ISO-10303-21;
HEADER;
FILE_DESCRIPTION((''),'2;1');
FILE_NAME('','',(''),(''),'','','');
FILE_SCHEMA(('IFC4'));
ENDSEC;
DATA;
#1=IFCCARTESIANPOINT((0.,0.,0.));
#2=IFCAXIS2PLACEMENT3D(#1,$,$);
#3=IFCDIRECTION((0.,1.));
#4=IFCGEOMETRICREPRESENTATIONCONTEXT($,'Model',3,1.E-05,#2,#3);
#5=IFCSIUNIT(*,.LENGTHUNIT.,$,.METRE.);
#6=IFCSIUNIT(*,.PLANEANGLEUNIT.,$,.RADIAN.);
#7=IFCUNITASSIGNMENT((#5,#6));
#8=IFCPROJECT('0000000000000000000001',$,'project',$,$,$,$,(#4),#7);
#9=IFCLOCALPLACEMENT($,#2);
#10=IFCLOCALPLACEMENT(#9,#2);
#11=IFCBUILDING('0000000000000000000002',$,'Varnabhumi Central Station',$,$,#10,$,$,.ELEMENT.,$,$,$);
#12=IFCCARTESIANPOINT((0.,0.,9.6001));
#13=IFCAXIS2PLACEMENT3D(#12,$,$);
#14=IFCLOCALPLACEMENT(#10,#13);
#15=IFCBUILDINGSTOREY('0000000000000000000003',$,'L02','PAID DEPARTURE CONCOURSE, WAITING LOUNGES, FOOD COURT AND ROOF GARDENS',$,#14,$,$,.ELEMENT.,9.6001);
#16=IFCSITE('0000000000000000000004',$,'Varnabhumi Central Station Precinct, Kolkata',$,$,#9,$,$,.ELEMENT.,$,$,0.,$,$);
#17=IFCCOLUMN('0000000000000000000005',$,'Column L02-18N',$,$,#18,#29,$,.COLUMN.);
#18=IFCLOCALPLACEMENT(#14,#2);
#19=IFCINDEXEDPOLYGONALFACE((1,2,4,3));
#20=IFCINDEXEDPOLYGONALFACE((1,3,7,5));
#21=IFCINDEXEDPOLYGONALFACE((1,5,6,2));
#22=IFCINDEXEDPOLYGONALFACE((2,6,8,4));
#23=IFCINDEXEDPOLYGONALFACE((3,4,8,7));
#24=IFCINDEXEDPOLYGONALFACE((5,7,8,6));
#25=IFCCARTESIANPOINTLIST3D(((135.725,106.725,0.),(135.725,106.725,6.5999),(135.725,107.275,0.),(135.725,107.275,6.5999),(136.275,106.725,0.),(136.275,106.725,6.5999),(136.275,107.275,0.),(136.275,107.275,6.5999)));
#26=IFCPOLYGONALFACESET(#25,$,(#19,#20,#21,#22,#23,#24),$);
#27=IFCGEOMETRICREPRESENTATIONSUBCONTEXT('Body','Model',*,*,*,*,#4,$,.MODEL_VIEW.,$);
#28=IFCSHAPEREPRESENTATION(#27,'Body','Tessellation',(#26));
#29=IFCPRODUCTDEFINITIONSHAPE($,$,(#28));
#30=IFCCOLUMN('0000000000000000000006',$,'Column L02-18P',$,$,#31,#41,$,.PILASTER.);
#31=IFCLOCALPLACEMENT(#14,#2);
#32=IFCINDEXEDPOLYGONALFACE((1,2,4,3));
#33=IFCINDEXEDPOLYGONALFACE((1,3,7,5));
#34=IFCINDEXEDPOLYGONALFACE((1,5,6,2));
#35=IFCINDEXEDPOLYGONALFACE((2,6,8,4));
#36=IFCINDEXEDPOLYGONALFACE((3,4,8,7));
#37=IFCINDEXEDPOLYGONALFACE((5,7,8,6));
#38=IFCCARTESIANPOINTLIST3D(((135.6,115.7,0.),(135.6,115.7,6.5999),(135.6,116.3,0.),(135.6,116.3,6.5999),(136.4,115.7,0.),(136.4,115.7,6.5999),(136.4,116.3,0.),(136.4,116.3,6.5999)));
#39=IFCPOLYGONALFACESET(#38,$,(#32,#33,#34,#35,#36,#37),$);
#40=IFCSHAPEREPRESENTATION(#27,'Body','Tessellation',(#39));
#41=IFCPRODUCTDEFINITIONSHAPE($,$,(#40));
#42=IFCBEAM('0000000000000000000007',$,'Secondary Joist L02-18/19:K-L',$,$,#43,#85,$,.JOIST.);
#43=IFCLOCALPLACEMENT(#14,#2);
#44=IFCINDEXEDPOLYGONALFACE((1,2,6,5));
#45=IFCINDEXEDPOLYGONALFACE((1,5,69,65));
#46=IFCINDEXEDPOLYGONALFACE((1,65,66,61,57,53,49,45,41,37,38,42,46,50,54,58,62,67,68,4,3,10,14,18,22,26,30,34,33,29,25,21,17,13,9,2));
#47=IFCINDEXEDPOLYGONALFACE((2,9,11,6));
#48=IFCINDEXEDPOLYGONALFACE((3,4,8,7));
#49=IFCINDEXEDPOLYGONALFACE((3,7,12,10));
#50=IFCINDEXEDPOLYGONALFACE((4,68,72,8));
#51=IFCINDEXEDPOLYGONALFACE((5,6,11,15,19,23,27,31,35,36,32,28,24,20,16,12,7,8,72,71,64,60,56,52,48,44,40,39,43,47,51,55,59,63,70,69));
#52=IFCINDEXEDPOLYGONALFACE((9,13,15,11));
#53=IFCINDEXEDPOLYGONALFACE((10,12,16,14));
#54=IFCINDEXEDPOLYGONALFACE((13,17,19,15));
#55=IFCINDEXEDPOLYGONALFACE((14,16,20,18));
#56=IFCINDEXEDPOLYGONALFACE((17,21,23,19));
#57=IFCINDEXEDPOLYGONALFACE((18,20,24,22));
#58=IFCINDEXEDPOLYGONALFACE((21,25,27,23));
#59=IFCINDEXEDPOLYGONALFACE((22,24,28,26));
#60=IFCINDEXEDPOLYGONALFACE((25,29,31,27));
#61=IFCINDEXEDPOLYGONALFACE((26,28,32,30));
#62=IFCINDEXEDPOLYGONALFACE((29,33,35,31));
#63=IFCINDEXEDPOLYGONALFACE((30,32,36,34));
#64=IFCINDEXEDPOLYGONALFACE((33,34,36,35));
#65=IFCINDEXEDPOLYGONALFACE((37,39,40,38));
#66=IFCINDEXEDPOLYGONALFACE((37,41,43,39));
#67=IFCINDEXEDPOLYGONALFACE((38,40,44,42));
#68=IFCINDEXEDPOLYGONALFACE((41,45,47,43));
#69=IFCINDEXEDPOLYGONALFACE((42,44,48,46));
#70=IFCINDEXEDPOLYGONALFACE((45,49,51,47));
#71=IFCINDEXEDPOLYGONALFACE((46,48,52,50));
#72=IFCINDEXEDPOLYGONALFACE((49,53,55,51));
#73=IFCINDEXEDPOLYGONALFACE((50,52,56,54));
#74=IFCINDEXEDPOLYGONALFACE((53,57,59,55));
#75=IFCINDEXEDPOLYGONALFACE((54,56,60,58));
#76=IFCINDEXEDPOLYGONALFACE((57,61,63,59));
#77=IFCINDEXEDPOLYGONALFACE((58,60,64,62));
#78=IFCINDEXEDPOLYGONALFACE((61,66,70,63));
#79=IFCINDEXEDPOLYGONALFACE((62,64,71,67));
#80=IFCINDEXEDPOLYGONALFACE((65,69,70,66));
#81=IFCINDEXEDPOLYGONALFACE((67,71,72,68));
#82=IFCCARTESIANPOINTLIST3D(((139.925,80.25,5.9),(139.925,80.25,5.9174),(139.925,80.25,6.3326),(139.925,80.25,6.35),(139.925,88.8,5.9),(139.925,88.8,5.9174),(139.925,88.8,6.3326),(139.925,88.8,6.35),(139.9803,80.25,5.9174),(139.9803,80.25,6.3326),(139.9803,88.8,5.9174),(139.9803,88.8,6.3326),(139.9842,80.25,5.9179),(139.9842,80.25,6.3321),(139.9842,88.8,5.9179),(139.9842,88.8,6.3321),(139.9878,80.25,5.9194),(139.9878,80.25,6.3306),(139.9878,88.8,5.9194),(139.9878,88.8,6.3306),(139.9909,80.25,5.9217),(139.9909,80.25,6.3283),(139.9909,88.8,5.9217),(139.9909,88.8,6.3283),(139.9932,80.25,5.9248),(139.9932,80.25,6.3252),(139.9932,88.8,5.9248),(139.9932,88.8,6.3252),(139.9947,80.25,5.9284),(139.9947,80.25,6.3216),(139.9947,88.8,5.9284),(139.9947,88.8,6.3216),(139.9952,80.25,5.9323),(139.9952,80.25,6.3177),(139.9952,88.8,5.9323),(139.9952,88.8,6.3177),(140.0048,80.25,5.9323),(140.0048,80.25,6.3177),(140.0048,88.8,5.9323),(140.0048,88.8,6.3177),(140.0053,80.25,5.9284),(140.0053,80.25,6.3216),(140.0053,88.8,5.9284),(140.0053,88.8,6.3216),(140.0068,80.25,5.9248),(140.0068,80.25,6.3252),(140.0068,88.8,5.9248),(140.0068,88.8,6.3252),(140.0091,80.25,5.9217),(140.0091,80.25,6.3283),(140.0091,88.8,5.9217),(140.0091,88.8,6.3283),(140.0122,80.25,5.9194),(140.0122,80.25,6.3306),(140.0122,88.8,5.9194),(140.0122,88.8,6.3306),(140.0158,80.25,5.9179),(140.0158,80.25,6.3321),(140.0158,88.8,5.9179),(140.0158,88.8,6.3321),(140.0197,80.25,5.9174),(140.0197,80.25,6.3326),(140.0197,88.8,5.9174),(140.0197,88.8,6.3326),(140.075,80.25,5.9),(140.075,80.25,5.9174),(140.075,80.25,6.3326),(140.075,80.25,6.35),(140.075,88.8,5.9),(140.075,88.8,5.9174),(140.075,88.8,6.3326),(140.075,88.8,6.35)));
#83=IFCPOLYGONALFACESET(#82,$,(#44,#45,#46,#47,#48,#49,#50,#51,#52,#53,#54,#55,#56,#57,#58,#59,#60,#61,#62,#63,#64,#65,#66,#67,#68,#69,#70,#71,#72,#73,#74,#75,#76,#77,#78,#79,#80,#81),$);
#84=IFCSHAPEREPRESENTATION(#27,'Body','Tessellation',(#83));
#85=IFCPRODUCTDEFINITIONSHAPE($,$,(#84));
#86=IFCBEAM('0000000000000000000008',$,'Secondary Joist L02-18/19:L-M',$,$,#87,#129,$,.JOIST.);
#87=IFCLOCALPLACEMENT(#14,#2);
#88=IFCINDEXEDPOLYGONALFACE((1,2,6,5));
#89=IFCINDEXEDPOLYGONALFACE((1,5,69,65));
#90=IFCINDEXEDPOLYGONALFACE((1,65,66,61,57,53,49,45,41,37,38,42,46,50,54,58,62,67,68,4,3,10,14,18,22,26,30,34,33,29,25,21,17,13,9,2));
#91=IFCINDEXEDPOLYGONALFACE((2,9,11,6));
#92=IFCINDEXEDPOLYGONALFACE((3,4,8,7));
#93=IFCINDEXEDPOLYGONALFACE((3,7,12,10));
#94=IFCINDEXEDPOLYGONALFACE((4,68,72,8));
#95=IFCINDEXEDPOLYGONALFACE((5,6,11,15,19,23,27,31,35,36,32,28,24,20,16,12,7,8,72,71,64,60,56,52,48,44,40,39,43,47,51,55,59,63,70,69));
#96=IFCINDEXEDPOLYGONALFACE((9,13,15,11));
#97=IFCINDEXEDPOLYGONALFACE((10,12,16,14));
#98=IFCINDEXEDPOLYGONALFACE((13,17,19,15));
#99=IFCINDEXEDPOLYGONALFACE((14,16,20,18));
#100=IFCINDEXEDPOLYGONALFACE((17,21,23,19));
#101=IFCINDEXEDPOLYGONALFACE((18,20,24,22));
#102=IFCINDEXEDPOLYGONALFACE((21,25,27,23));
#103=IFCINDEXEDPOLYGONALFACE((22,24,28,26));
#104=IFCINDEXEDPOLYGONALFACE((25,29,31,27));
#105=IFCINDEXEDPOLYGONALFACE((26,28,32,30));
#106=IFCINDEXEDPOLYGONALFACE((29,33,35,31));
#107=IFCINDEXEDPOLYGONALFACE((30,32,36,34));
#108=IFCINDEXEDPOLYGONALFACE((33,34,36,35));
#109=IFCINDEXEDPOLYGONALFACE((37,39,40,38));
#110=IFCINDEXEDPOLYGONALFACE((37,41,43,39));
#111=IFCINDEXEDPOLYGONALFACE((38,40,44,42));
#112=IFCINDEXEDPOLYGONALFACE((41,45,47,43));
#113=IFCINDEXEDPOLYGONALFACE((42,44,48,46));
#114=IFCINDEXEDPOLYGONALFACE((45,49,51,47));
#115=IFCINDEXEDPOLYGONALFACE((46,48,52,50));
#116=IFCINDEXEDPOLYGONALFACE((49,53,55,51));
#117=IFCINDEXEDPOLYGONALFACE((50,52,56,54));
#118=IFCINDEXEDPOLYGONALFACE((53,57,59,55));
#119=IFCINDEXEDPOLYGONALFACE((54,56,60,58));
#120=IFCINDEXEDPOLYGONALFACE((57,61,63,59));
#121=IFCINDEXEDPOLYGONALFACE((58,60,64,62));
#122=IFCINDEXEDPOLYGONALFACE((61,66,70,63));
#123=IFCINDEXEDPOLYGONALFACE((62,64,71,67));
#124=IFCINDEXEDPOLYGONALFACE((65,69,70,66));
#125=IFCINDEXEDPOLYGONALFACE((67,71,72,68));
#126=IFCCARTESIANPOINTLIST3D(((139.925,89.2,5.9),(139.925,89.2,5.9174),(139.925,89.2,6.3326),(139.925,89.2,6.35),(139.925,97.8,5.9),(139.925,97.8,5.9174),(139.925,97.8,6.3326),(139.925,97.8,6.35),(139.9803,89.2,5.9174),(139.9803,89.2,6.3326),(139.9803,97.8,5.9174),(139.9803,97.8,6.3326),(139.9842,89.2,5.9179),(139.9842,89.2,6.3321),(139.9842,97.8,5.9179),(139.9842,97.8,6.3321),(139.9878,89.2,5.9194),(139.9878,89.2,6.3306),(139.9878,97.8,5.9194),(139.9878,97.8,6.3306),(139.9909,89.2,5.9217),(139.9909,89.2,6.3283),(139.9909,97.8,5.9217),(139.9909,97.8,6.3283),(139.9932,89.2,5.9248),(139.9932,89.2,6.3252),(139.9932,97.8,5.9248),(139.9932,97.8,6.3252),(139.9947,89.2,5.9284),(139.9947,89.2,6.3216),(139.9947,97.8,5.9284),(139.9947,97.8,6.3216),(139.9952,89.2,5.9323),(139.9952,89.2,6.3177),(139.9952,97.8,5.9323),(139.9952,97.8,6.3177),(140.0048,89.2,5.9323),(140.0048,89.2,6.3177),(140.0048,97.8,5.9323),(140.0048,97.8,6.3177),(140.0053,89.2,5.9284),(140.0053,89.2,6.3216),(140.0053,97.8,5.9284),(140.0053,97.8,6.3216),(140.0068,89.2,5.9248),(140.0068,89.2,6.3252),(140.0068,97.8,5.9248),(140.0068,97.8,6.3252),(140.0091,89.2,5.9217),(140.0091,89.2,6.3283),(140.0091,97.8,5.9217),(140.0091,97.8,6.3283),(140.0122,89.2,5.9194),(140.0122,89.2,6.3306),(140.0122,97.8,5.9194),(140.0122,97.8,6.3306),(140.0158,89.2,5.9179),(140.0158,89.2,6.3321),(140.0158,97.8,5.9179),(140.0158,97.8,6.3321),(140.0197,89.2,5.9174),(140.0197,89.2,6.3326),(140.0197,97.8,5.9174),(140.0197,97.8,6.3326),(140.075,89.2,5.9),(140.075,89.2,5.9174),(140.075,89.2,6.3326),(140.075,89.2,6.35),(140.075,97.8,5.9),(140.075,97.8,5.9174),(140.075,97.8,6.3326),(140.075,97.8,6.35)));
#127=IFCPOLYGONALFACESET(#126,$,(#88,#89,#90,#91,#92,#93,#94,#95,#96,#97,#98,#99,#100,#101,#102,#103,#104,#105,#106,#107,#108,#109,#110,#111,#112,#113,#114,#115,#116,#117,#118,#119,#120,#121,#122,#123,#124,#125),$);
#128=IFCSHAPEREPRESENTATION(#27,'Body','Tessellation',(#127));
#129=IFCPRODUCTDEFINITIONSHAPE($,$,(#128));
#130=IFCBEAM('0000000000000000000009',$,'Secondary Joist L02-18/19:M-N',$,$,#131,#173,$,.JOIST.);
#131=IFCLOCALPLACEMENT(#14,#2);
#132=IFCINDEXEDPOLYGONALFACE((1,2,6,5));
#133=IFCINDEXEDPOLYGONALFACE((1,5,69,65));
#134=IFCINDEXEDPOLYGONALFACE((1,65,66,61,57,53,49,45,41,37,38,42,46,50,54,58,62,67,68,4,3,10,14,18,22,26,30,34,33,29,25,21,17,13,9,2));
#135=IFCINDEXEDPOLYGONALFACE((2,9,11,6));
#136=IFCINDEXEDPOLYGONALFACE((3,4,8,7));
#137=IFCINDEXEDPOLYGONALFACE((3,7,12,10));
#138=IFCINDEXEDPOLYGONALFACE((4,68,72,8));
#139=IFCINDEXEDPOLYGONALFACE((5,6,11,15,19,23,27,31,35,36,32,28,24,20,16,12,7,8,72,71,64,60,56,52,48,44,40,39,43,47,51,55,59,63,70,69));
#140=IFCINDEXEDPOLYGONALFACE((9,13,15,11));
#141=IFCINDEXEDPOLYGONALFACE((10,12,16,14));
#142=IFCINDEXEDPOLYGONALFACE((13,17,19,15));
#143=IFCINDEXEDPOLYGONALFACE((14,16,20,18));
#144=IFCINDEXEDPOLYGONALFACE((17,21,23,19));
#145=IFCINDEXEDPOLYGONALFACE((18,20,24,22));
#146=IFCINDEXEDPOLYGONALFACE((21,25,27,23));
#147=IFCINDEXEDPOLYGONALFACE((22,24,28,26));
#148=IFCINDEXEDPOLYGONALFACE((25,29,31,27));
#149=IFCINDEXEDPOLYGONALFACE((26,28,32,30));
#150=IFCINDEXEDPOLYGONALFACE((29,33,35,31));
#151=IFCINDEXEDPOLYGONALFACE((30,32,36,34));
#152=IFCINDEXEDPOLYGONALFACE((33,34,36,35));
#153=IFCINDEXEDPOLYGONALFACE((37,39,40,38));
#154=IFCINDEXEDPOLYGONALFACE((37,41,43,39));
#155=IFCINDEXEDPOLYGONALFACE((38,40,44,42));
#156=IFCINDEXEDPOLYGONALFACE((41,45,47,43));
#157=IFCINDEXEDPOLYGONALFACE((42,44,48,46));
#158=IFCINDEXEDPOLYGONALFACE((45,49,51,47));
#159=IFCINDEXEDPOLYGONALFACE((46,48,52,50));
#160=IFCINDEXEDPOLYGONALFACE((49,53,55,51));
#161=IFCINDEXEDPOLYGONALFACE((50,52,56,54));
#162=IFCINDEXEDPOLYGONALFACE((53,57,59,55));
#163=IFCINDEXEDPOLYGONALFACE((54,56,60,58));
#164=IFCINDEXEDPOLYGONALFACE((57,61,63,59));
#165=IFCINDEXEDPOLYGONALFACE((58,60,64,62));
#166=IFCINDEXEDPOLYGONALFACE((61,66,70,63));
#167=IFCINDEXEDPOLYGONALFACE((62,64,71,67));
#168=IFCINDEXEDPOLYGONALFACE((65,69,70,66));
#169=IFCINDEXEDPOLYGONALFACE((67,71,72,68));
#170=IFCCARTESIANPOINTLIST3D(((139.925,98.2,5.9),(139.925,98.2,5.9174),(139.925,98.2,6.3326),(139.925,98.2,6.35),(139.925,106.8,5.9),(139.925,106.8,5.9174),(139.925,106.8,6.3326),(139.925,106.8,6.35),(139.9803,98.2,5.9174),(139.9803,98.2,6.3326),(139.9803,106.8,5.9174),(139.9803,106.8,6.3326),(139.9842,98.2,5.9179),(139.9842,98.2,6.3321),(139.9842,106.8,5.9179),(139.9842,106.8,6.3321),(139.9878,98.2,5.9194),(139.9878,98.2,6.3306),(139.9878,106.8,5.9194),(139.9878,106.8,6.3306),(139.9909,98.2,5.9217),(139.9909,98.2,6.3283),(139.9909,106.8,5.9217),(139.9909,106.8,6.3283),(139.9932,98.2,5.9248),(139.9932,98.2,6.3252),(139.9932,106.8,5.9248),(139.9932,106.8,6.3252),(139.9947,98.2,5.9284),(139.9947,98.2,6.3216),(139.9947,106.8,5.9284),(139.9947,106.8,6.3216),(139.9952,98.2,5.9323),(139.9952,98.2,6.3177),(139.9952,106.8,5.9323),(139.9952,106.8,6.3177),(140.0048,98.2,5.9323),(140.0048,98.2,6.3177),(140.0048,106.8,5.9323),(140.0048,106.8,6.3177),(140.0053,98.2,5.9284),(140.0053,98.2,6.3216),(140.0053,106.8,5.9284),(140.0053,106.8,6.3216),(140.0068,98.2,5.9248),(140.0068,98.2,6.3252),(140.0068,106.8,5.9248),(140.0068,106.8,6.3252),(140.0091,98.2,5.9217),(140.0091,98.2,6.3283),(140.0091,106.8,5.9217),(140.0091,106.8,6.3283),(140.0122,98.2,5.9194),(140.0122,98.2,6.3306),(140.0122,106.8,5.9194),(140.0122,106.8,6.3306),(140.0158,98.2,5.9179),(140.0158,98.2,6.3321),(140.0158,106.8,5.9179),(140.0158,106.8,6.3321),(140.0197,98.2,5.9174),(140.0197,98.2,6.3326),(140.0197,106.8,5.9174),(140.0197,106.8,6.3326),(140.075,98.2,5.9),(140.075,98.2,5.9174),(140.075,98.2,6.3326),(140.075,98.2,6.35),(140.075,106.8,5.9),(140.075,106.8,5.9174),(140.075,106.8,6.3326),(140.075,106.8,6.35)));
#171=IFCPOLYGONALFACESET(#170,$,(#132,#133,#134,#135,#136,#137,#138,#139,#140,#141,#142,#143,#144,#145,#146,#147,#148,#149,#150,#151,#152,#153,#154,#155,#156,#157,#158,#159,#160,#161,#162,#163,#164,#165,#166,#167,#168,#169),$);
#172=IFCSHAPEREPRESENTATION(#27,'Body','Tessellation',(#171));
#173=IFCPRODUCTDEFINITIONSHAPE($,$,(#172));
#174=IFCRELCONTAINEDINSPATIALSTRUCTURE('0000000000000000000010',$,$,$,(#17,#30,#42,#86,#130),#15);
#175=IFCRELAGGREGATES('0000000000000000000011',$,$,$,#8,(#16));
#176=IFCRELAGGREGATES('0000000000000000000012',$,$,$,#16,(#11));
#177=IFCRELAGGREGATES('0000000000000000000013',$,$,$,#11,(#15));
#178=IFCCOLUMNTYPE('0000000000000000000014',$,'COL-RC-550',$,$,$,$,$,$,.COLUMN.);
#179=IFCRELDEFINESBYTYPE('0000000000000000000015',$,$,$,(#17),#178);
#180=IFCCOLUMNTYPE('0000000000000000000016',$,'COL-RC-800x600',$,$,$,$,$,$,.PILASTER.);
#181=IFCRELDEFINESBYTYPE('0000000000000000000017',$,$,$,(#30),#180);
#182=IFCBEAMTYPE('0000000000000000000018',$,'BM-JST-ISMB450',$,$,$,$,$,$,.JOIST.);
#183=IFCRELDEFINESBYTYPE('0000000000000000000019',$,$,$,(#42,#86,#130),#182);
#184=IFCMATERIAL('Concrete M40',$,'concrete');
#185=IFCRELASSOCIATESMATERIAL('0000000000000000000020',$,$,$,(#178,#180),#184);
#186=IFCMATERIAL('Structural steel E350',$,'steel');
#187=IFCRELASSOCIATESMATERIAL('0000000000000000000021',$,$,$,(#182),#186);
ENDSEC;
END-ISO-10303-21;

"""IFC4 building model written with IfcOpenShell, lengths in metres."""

from ifc_helpers import new_model, si_unit, direction, frame, origin, origin_2d, place, context, subcontext, project, spatial, rectangle, i_section, extrude, material, material_profile, profile_set, type_object, element, save


model = new_model("IFC4")

# Units and contexts
model_context = context("Model", 3, precision=1e-05, world=origin(), true_north=direction((0.0, 1.0)))
body_context = subcontext(model_context, "Body", "Model", "MODEL_VIEW")
ifc_project = project(units=[si_unit("LENGTHUNIT", "METRE"), si_unit("PLANEANGLEUNIT", "RADIAN")], contexts=[model_context])

# Site, building, storey
site_placement = place(None, origin())
site = spatial("IfcSite", under=ifc_project, at=site_placement, Name="Varnabhumi Central Station Precinct, Kolkata", CompositionType="ELEMENT", RefElevation=0.0)
building_placement = place(site_placement, origin())
building = spatial("IfcBuilding", under=site, at=building_placement, Name="Varnabhumi Central Station", CompositionType="ELEMENT")
storey_placement = place(building_placement, frame((0.0, 0.0, 9.6001)))
storey = spatial("IfcBuildingStorey", under=building, at=storey_placement, Name="L02", Description="PAID DEPARTURE CONCOURSE, WAITING LOUNGES, FOOD COURT AND ROOF GARDENS", CompositionType="ELEMENT", Elevation=9.6001)

# Columns
ifc_material_1 = material(Name="Concrete M40", Category="concrete")
ifc_material_profile_1 = material_profile(ifc_material_1, rectangle(XDim=0.55, YDim=0.55, at=origin_2d()), Name="Concrete M40", Category="concrete")
ifc_profile_set_1 = profile_set([ifc_material_profile_1], Name="Concrete M40")
column_type_1 = type_object("IfcColumnType", Name="COL-RC-550", PredefinedType="COLUMN", material=ifc_profile_set_1)
column_1_placement = place(storey_placement, frame((136.0, 107.0, 0.0), z_axis=(0.0, 0.0, 1.0), x_axis=(1.0, 0.0, 0.0)))
element("IfcColumn", 1, at=column_1_placement, inside=storey, type_object=column_type_1, Name="Column L02-18N", PredefinedType="COLUMN", context=body_context, shape_type="SweptSolid", body=[
    extrude(rectangle(XDim=0.55, YDim=0.55, at=origin_2d()), origin(), (0.0, 0.0, 1.0), 6.5999),
])
ifc_material_profile_2 = material_profile(ifc_material_1, rectangle(XDim=0.8, YDim=0.6001, at=origin_2d()), Name="Concrete M40", Category="concrete")
ifc_profile_set_2 = profile_set([ifc_material_profile_2], Name="Concrete M40")
column_type_2 = type_object("IfcColumnType", Name="COL-RC-800x600", PredefinedType="PILASTER", material=ifc_profile_set_2)
column_2_placement = place(storey_placement, frame((136.0, 116.0, 0.0), z_axis=(0.0, 0.0, 1.0), x_axis=(1.0, 0.0, 0.0)))
element("IfcColumn", 2, at=column_2_placement, inside=storey, type_object=column_type_2, Name="Column L02-18P", PredefinedType="PILASTER", context=body_context, shape_type="SweptSolid", body=[
    extrude(rectangle(XDim=0.8, YDim=0.6001, at=origin_2d()), origin(), (0.0, 0.0, 1.0), 6.5999),
])

# Beams
ifc_material_2 = material(Name="Structural steel E350", Category="steel")
ifc_material_profile_3 = material_profile(ifc_material_2, i_section(OverallWidth=0.1499, OverallDepth=0.45, WebThickness=0.0095, FlangeThickness=0.0173, FilletRadius=0.0149, at=origin_2d()), Name="Structural steel E350", Category="steel")
ifc_profile_set_3 = profile_set([ifc_material_profile_3], Name="Structural steel E350")
beam_type_1 = type_object("IfcBeamType", Name="BM-JST-ISMB450", PredefinedType="JOIST", material=ifc_profile_set_3)
beam_1_placement = place(storey_placement, frame((140.0, 80.25, 6.125), z_axis=(0.0, 1.0, 0.0), x_axis=(-1.0, 0.0, 0.0)))
element("IfcBeam", 3, at=beam_1_placement, inside=storey, type_object=beam_type_1, Name="Secondary Joist L02-18/19:K-L", PredefinedType="JOIST", context=body_context, shape_type="SweptSolid", body=[
    extrude(i_section(OverallWidth=0.1499, OverallDepth=0.45, WebThickness=0.0095, FlangeThickness=0.0173, FilletRadius=0.0149, at=origin_2d()), origin(), (0.0, 0.0, 1.0), 8.55),
])
for number, where, z_axis, x_axis, name in (
    (4, (140.0, 89.2, 6.125), (0.0, 1.0, 0.0), (-1.0, 0.0, 0.0), "Secondary Joist L02-18/19:L-M"),
    (5, (140.0, 98.2, 6.125), (0.0, 1.0, 0.0), (-1.0, 0.0, 0.0), "Secondary Joist L02-18/19:M-N"),
):
    element("IfcBeam", number, at=place(storey_placement, frame(where, z_axis=z_axis, x_axis=x_axis)), inside=storey, type_object=beam_type_1, Name=name, PredefinedType="JOIST", context=body_context, shape_type="SweptSolid", body=[
        extrude(i_section(OverallWidth=0.1499, OverallDepth=0.45, WebThickness=0.0095, FlangeThickness=0.0173, FilletRadius=0.0149, at=origin_2d()), origin(), (0.0, 0.0, 1.0), 8.6001),
    ])

save(model, "model.ifc")
